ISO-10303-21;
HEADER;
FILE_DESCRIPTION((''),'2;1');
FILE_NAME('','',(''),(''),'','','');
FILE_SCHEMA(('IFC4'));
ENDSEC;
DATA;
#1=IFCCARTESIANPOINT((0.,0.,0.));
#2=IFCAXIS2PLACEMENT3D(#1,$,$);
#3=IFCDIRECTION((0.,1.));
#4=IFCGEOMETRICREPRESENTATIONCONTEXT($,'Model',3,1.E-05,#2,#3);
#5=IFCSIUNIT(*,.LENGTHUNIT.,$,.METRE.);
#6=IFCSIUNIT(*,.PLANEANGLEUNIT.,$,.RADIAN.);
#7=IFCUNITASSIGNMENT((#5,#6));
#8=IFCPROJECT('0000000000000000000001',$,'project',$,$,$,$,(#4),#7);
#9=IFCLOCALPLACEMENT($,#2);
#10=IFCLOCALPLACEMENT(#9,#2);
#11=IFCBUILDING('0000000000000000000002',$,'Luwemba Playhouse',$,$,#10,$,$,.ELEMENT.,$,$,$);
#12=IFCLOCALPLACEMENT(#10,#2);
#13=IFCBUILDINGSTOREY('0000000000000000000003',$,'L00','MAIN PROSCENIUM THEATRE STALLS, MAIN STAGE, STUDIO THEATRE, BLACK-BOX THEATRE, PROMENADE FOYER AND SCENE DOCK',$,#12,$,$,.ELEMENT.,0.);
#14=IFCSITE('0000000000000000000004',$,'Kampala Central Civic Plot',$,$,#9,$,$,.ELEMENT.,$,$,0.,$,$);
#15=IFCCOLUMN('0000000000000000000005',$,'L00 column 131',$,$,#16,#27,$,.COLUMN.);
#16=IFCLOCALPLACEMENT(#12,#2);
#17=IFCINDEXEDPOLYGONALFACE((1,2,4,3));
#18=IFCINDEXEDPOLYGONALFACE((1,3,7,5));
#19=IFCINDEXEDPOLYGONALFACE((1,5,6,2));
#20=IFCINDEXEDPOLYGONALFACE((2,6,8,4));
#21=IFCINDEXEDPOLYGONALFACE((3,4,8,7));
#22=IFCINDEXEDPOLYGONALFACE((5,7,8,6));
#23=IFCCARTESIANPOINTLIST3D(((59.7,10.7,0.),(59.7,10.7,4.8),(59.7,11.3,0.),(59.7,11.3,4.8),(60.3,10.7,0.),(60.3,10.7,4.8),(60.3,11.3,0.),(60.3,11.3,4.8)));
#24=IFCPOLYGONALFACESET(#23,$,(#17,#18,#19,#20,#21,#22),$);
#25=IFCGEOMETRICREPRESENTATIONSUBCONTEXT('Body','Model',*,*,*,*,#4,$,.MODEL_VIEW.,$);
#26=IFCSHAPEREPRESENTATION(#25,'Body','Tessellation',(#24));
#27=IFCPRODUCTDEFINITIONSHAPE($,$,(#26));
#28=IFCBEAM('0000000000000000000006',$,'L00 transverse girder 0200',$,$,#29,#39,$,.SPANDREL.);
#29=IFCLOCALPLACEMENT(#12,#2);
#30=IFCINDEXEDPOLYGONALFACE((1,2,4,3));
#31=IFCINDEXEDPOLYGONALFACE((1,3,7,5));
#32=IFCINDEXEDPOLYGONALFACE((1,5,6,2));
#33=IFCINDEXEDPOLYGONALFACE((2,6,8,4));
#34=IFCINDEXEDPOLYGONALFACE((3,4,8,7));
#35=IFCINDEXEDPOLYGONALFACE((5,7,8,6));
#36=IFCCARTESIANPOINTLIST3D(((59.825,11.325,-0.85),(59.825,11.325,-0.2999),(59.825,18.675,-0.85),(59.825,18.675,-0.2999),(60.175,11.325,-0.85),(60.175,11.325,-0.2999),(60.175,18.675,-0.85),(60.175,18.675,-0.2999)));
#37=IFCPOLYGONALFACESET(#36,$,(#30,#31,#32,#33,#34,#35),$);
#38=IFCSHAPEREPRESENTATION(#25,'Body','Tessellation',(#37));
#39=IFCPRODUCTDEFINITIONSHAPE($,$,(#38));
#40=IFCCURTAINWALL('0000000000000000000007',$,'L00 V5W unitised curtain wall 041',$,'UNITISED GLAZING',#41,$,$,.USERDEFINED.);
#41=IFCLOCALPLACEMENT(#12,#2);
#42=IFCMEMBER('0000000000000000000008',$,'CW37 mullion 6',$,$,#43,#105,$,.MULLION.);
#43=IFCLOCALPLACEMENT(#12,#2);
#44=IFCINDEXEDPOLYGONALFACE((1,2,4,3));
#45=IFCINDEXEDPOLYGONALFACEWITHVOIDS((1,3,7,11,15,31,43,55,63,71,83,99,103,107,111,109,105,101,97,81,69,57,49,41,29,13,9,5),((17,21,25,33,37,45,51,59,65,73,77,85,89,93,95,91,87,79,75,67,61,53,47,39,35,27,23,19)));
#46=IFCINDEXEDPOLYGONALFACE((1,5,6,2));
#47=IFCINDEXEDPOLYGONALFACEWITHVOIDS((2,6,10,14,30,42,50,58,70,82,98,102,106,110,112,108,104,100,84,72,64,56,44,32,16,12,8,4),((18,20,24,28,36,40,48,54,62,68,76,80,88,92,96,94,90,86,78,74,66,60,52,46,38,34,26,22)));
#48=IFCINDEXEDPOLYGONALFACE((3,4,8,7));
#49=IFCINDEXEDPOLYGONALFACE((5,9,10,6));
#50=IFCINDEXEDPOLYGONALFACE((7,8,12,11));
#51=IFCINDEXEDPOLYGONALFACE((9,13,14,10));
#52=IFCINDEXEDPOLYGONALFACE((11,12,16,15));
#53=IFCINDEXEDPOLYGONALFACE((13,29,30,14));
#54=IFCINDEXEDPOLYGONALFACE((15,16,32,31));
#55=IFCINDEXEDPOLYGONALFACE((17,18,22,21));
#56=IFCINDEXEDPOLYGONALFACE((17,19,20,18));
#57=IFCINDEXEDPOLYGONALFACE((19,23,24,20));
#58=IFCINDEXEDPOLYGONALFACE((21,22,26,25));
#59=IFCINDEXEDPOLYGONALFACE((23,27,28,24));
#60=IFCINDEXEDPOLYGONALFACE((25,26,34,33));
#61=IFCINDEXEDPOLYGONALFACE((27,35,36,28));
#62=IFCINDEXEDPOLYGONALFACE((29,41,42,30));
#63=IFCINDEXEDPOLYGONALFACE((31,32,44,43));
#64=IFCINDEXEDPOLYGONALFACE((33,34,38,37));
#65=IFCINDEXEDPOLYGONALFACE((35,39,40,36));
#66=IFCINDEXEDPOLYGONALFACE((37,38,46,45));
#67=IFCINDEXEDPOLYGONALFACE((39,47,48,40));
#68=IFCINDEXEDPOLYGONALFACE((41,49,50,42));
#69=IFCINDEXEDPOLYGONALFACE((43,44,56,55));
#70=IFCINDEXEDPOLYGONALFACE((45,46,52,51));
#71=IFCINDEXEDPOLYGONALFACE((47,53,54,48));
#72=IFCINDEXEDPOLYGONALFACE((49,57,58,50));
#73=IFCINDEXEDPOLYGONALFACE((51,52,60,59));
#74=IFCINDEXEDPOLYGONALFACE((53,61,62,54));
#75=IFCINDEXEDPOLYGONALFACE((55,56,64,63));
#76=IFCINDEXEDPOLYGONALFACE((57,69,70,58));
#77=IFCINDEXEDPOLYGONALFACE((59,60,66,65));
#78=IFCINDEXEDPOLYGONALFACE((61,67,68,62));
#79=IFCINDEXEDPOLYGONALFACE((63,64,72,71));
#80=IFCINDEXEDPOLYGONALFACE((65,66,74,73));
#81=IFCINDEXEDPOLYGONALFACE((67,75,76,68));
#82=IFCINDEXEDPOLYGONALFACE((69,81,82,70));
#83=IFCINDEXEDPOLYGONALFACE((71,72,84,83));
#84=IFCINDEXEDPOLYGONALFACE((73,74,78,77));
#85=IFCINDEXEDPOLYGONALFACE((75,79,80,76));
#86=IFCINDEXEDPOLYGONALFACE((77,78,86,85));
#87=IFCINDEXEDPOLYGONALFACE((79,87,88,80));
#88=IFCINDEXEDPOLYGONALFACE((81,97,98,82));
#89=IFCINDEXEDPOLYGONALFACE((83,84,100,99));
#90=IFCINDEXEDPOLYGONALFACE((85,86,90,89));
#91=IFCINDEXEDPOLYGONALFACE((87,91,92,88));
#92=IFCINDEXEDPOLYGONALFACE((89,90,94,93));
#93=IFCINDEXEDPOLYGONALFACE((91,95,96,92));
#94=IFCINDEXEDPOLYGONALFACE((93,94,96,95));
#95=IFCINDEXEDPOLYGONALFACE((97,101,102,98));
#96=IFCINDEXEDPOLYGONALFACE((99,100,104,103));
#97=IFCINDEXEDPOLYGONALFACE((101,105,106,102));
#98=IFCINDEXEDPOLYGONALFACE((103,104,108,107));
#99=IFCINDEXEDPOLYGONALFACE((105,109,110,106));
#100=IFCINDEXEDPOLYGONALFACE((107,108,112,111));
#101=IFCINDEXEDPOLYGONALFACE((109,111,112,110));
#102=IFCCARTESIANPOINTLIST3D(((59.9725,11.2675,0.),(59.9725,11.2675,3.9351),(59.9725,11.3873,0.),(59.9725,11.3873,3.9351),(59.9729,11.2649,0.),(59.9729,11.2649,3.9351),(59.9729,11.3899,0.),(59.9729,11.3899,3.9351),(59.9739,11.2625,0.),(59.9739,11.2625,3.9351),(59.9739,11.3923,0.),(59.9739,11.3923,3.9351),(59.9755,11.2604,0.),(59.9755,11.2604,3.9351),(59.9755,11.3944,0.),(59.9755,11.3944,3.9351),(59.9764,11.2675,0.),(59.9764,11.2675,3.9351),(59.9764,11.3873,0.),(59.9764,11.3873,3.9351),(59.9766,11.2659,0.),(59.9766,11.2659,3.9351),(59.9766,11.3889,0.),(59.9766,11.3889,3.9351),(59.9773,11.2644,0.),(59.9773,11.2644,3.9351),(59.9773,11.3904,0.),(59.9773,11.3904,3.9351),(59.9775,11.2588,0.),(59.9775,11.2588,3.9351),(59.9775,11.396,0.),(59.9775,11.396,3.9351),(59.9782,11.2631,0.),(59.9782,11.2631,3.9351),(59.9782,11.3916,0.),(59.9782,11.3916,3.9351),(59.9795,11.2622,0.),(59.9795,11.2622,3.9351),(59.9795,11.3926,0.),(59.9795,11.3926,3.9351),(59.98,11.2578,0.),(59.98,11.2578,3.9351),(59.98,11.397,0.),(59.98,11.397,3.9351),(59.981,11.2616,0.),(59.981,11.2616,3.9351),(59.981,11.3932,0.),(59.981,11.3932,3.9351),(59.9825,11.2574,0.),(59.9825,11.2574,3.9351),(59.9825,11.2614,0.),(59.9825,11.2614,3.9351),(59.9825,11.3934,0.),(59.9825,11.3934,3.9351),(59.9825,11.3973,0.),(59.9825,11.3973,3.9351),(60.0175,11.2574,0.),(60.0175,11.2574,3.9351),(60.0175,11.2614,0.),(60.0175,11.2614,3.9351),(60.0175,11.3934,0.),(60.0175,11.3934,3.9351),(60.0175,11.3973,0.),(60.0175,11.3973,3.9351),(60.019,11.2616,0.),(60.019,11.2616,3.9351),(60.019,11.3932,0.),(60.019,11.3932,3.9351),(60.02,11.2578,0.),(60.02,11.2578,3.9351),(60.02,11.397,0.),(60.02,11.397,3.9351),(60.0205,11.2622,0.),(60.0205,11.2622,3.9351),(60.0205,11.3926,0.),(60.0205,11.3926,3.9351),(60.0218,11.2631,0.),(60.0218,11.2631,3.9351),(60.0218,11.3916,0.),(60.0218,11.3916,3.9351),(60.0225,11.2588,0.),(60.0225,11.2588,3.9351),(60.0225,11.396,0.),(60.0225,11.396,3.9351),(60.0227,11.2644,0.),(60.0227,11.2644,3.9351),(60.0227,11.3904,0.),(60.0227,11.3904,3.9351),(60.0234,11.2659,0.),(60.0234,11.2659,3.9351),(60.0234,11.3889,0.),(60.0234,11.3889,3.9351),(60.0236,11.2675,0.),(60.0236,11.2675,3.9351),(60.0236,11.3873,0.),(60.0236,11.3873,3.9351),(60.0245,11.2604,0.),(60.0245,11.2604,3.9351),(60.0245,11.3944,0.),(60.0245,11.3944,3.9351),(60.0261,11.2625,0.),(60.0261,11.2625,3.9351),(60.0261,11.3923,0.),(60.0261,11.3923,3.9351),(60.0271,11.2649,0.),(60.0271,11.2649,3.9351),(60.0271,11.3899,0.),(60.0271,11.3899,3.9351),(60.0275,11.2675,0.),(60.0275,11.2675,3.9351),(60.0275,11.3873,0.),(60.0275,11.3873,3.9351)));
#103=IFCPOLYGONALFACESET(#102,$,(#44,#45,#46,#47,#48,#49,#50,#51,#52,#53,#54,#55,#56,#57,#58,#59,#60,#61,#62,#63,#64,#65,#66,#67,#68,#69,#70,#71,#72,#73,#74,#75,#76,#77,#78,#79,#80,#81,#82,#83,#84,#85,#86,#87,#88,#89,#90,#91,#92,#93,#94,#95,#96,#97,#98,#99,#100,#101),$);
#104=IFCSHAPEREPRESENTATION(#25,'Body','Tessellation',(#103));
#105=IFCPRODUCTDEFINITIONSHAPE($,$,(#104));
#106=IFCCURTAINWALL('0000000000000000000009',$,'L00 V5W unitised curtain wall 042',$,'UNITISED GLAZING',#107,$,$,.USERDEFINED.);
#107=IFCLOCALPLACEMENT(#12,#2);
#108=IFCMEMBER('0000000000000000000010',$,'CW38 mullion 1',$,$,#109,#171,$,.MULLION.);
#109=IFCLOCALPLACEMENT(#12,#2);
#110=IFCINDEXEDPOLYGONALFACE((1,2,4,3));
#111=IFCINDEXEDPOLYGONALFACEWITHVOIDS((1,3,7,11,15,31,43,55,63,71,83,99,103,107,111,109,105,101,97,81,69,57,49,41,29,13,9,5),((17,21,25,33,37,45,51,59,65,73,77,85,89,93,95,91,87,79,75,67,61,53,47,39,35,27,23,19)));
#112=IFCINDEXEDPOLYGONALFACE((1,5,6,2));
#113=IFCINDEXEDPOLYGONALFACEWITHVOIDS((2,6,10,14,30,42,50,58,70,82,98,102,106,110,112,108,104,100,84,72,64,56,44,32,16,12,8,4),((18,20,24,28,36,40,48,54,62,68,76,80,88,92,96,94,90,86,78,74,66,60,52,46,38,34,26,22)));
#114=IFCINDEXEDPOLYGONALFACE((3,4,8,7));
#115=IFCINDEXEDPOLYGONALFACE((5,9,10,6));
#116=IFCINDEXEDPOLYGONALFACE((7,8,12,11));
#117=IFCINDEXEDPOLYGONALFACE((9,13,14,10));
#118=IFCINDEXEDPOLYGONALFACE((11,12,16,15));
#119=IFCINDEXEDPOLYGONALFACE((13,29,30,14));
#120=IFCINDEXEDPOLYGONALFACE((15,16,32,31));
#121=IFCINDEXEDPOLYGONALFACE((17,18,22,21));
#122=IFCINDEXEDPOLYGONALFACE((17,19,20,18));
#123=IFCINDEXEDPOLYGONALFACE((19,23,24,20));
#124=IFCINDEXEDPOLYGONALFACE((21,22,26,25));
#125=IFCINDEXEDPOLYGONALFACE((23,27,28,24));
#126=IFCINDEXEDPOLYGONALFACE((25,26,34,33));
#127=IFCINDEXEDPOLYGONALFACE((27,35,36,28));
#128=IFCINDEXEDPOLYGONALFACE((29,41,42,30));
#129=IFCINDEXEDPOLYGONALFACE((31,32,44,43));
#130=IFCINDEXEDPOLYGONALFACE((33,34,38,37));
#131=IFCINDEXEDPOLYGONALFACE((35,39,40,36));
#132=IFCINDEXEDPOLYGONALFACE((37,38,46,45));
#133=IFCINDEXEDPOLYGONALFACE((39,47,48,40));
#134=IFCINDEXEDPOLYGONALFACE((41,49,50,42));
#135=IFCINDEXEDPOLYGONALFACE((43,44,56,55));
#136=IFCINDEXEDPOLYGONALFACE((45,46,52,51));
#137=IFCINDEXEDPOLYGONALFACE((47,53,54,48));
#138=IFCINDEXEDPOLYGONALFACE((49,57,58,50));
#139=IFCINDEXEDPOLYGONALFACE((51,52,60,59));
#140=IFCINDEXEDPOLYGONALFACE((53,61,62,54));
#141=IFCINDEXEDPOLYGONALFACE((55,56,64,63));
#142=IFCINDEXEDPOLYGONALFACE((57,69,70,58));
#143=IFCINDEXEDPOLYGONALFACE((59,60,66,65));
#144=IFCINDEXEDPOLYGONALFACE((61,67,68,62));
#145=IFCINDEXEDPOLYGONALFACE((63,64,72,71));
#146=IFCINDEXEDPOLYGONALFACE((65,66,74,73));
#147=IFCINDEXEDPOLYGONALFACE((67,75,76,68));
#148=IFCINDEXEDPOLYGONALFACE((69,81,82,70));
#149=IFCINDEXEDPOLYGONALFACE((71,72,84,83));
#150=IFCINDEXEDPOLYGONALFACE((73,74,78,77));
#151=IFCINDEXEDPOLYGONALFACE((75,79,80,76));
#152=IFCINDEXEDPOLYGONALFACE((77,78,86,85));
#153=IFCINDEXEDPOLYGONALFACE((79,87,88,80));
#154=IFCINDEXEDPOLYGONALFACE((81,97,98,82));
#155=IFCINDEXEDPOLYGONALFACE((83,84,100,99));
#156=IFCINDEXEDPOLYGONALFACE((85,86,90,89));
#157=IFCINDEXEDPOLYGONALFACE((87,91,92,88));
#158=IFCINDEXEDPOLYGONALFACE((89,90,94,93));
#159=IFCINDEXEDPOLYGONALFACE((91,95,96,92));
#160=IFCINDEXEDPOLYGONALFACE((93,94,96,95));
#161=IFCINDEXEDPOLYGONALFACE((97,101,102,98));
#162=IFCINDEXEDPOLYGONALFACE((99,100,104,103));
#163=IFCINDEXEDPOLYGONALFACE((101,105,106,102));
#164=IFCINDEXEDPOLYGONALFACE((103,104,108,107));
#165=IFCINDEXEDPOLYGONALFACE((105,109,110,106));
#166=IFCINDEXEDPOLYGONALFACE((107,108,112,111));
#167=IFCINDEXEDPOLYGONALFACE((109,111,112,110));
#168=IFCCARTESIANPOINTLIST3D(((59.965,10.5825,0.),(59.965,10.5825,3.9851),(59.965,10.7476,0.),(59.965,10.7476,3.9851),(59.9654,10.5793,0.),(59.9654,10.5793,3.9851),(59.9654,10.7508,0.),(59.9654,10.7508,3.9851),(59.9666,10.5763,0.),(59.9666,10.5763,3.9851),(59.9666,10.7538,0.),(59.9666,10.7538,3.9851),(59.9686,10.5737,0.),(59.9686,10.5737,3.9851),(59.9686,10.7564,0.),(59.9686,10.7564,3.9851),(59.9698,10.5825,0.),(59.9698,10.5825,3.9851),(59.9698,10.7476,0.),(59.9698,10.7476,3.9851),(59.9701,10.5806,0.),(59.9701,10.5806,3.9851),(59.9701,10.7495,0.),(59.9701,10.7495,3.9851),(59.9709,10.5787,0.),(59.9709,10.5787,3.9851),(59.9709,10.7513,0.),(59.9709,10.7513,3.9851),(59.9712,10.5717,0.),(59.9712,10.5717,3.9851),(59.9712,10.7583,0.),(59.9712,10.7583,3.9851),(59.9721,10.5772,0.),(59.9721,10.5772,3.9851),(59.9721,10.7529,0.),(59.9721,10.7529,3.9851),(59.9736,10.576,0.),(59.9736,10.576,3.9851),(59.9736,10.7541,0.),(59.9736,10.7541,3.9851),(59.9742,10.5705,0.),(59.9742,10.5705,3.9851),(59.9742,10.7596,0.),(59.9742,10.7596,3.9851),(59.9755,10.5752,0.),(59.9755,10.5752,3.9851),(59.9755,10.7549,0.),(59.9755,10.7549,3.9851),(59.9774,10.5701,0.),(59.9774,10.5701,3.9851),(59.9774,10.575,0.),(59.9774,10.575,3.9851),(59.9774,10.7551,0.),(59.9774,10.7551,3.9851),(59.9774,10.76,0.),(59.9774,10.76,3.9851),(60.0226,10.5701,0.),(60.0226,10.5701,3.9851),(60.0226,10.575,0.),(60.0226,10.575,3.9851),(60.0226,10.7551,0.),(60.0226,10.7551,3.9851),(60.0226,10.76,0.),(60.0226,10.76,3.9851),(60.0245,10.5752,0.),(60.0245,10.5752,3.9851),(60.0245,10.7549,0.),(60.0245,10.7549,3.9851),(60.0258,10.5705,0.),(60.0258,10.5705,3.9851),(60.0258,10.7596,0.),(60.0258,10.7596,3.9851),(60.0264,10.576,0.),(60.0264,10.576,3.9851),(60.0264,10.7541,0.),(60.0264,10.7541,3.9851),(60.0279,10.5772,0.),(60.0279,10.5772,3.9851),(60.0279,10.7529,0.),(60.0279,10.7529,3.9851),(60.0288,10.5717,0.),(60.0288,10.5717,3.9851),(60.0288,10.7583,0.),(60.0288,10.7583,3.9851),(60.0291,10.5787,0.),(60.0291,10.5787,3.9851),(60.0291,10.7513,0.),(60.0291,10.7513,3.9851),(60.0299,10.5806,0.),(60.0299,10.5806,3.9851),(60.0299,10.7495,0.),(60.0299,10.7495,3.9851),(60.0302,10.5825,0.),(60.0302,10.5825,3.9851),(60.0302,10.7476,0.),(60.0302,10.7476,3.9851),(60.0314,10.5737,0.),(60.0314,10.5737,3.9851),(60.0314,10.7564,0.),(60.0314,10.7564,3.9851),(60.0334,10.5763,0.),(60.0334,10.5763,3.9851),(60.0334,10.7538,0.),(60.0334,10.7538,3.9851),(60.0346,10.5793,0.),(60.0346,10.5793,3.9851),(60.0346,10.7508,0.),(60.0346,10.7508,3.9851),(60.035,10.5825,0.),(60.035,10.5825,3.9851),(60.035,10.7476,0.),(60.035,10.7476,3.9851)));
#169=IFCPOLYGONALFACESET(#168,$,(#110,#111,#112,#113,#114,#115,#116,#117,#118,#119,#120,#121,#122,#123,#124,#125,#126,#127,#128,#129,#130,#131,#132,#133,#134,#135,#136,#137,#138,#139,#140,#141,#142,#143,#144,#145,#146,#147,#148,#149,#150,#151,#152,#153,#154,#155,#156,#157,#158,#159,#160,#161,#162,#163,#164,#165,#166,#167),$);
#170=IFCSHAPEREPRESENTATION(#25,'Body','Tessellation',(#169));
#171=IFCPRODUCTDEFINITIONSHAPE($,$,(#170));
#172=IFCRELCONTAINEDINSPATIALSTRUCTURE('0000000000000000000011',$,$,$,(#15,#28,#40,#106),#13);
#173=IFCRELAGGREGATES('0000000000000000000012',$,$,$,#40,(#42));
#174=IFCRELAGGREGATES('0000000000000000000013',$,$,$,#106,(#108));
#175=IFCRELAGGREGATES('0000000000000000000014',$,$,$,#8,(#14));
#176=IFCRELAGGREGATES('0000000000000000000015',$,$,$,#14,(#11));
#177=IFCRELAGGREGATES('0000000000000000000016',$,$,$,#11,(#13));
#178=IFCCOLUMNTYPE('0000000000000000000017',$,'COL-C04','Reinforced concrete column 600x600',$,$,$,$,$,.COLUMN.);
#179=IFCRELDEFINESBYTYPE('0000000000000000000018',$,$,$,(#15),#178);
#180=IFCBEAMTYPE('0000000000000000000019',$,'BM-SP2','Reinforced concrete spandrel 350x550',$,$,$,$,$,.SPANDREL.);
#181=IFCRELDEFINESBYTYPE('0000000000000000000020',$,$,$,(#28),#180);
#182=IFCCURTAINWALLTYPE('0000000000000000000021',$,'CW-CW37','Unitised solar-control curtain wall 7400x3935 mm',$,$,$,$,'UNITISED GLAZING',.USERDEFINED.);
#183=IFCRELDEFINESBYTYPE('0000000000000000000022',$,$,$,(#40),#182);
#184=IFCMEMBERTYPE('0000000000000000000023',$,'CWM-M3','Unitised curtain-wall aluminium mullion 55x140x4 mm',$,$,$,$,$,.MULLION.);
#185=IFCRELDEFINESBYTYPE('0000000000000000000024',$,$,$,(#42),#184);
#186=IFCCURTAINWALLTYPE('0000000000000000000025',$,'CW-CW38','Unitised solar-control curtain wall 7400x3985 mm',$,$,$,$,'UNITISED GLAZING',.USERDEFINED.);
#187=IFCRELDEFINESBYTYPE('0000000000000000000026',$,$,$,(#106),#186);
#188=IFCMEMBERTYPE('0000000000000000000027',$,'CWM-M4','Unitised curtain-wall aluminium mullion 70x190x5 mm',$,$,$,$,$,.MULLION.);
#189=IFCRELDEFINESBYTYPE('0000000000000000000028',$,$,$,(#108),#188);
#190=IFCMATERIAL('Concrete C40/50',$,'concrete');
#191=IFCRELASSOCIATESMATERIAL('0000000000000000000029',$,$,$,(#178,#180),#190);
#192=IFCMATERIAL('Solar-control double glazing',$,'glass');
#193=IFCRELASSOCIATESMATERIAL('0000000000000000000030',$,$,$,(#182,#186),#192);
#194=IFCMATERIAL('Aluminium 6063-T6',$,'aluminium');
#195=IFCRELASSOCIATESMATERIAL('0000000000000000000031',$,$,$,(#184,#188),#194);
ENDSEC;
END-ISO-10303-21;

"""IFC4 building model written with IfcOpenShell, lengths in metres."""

from ifc_helpers import new_model, si_unit, direction, frame, origin, origin_2d, place, context, subcontext, project, spatial, rectangle, hollow_rectangle, extrude, material, material_profile, profile_set, type_object, element, aggregate, save


model = new_model("IFC4")

# Units and contexts
model_context = context("Model", 3, precision=1e-05, world=origin(), true_north=direction((0.0, 1.0)))
body_context = subcontext(model_context, "Body", "Model", "MODEL_VIEW")
ifc_project = project(units=[si_unit("LENGTHUNIT", "METRE"), si_unit("PLANEANGLEUNIT", "RADIAN")], contexts=[model_context])

# Site, building, storey
site_placement = place(None, origin())
site = spatial("IfcSite", under=ifc_project, at=site_placement, Name="Kampala Central Civic Plot", CompositionType="ELEMENT", RefElevation=0.0)
building_placement = place(site_placement, origin())
building = spatial("IfcBuilding", under=site, at=building_placement, Name="Luwemba Playhouse", CompositionType="ELEMENT")
storey_placement = place(building_placement, origin())
storey = spatial("IfcBuildingStorey", under=building, at=storey_placement, Name="L00", Description="MAIN PROSCENIUM THEATRE STALLS, MAIN STAGE, STUDIO THEATRE, BLACK-BOX THEATRE, PROMENADE FOYER AND SCENE DOCK", CompositionType="ELEMENT", Elevation=0.0)

# Column
ifc_material_1 = material(Name="Concrete C40/50", Category="concrete")
ifc_material_profile_1 = material_profile(ifc_material_1, rectangle(XDim=0.6001, YDim=0.6001, at=origin_2d()))
ifc_profile_set_1 = profile_set([ifc_material_profile_1], Name="Concrete C40/50")
column_type = type_object("IfcColumnType", Name="COL-C04", Description="Reinforced concrete column 600x600", PredefinedType="COLUMN", material=ifc_profile_set_1)
column_placement = place(storey_placement, frame((60.0, 11.0, 0.0), z_axis=(0.0, 0.0, 1.0), x_axis=(1.0, 0.0, 0.0)))
element("IfcColumn", 1, at=column_placement, inside=storey, type_object=column_type, Name="L00 column 131", PredefinedType="COLUMN", context=body_context, shape_type="SweptSolid", body=[
    extrude(rectangle(XDim=0.6001, YDim=0.6001, at=origin_2d()), origin(), (0.0, 0.0, 1.0), 4.8),
])

# Beam
ifc_material_profile_2 = material_profile(ifc_material_1, rectangle(XDim=0.3501, YDim=0.55, at=origin_2d()))
ifc_profile_set_2 = profile_set([ifc_material_profile_2], Name="Concrete C40/50")
beam_type = type_object("IfcBeamType", Name="BM-SP2", Description="Reinforced concrete spandrel 350x550", PredefinedType="SPANDREL", material=ifc_profile_set_2)
beam_placement = place(storey_placement, frame((60.0, 11.325, -0.575), z_axis=(0.0, 1.0, 0.0), x_axis=(-1.0, 0.0, 0.0)))
element("IfcBeam", 2, at=beam_placement, inside=storey, type_object=beam_type, Name="L00 transverse girder 0200", PredefinedType="SPANDREL", context=body_context, shape_type="SweptSolid", body=[
    extrude(rectangle(XDim=0.3501, YDim=0.55, at=origin_2d()), origin(), (0.0, 0.0, 1.0), 7.3501),
])

# Curtain wall, member
ifc_material_2 = material(Name="Solar-control double glazing", Category="glass")
curtain_wall_type_1 = type_object("IfcCurtainWallType", Name="CW-CW37", Description="Unitised solar-control curtain wall 7400x3935 mm", ElementType="UNITISED GLAZING", PredefinedType="USERDEFINED", material=ifc_material_2)
curtain_wall_1_placement = place(storey_placement, origin())
curtain_wall_1 = element("IfcCurtainWall", 3, at=curtain_wall_1_placement, inside=storey, type_object=curtain_wall_type_1, Name="L00 V5W unitised curtain wall 041", ObjectType="UNITISED GLAZING", PredefinedType="USERDEFINED")
ifc_material_3 = material(Name="Aluminium 6063-T6", Category="aluminium")
ifc_material_profile_3 = material_profile(ifc_material_3, hollow_rectangle(XDim=0.0549, YDim=0.1399, WallThickness=0.0039, InnerFilletRadius=0.0061, OuterFilletRadius=0.01, at=origin_2d()))
ifc_profile_set_3 = profile_set([ifc_material_profile_3], Name="Aluminium 6063-T6")
member_type_1 = type_object("IfcMemberType", Name="CWM-M3", Description="Unitised curtain-wall aluminium mullion 55x140x4 mm", PredefinedType="MULLION", material=ifc_profile_set_3)
member_1_placement = place(storey_placement, frame((60.0, 11.3274, 0.0), z_axis=(0.0, 0.0, 1.0), x_axis=(1.0, 0.0, 0.0)))
member_1 = element("IfcMember", 4, at=member_1_placement, type_object=member_type_1, Name="CW37 mullion 6", PredefinedType="MULLION", context=body_context, shape_type="SweptSolid", body=[
    extrude(hollow_rectangle(XDim=0.0549, YDim=0.1399, WallThickness=0.0039, InnerFilletRadius=0.0061, OuterFilletRadius=0.01, at=origin_2d()), origin(), (0.0, 0.0, 1.0), 3.9351),
])

# Curtain wall, member
curtain_wall_type_2 = type_object("IfcCurtainWallType", Name="CW-CW38", Description="Unitised solar-control curtain wall 7400x3985 mm", ElementType="UNITISED GLAZING", PredefinedType="USERDEFINED", material=ifc_material_2)
curtain_wall_2_placement = place(storey_placement, origin())
curtain_wall_2 = element("IfcCurtainWall", 5, at=curtain_wall_2_placement, inside=storey, type_object=curtain_wall_type_2, Name="L00 V5W unitised curtain wall 042", ObjectType="UNITISED GLAZING", PredefinedType="USERDEFINED")
ifc_material_profile_4 = material_profile(ifc_material_3, hollow_rectangle(XDim=0.0701, YDim=0.1899, WallThickness=0.0049, InnerFilletRadius=0.0076, OuterFilletRadius=0.0125, at=origin_2d()))
ifc_profile_set_4 = profile_set([ifc_material_profile_4], Name="Aluminium 6063-T6")
member_type_2 = type_object("IfcMemberType", Name="CWM-M4", Description="Unitised curtain-wall aluminium mullion 70x190x5 mm", PredefinedType="MULLION", material=ifc_profile_set_4)
member_2_placement = place(storey_placement, frame((60.0, 10.665, 0.0), z_axis=(0.0, 0.0, 1.0), x_axis=(1.0, 0.0, 0.0)))
member_2 = element("IfcMember", 6, at=member_2_placement, type_object=member_type_2, Name="CW38 mullion 1", PredefinedType="MULLION", context=body_context, shape_type="SweptSolid", body=[
    extrude(hollow_rectangle(XDim=0.0701, YDim=0.1899, WallThickness=0.0049, InnerFilletRadius=0.0076, OuterFilletRadius=0.0125, at=origin_2d()), origin(), (0.0, 0.0, 1.0), 3.9851),
])

aggregate(curtain_wall_1, [member_1])
aggregate(curtain_wall_2, [member_2])

save(model, "model.ifc")
